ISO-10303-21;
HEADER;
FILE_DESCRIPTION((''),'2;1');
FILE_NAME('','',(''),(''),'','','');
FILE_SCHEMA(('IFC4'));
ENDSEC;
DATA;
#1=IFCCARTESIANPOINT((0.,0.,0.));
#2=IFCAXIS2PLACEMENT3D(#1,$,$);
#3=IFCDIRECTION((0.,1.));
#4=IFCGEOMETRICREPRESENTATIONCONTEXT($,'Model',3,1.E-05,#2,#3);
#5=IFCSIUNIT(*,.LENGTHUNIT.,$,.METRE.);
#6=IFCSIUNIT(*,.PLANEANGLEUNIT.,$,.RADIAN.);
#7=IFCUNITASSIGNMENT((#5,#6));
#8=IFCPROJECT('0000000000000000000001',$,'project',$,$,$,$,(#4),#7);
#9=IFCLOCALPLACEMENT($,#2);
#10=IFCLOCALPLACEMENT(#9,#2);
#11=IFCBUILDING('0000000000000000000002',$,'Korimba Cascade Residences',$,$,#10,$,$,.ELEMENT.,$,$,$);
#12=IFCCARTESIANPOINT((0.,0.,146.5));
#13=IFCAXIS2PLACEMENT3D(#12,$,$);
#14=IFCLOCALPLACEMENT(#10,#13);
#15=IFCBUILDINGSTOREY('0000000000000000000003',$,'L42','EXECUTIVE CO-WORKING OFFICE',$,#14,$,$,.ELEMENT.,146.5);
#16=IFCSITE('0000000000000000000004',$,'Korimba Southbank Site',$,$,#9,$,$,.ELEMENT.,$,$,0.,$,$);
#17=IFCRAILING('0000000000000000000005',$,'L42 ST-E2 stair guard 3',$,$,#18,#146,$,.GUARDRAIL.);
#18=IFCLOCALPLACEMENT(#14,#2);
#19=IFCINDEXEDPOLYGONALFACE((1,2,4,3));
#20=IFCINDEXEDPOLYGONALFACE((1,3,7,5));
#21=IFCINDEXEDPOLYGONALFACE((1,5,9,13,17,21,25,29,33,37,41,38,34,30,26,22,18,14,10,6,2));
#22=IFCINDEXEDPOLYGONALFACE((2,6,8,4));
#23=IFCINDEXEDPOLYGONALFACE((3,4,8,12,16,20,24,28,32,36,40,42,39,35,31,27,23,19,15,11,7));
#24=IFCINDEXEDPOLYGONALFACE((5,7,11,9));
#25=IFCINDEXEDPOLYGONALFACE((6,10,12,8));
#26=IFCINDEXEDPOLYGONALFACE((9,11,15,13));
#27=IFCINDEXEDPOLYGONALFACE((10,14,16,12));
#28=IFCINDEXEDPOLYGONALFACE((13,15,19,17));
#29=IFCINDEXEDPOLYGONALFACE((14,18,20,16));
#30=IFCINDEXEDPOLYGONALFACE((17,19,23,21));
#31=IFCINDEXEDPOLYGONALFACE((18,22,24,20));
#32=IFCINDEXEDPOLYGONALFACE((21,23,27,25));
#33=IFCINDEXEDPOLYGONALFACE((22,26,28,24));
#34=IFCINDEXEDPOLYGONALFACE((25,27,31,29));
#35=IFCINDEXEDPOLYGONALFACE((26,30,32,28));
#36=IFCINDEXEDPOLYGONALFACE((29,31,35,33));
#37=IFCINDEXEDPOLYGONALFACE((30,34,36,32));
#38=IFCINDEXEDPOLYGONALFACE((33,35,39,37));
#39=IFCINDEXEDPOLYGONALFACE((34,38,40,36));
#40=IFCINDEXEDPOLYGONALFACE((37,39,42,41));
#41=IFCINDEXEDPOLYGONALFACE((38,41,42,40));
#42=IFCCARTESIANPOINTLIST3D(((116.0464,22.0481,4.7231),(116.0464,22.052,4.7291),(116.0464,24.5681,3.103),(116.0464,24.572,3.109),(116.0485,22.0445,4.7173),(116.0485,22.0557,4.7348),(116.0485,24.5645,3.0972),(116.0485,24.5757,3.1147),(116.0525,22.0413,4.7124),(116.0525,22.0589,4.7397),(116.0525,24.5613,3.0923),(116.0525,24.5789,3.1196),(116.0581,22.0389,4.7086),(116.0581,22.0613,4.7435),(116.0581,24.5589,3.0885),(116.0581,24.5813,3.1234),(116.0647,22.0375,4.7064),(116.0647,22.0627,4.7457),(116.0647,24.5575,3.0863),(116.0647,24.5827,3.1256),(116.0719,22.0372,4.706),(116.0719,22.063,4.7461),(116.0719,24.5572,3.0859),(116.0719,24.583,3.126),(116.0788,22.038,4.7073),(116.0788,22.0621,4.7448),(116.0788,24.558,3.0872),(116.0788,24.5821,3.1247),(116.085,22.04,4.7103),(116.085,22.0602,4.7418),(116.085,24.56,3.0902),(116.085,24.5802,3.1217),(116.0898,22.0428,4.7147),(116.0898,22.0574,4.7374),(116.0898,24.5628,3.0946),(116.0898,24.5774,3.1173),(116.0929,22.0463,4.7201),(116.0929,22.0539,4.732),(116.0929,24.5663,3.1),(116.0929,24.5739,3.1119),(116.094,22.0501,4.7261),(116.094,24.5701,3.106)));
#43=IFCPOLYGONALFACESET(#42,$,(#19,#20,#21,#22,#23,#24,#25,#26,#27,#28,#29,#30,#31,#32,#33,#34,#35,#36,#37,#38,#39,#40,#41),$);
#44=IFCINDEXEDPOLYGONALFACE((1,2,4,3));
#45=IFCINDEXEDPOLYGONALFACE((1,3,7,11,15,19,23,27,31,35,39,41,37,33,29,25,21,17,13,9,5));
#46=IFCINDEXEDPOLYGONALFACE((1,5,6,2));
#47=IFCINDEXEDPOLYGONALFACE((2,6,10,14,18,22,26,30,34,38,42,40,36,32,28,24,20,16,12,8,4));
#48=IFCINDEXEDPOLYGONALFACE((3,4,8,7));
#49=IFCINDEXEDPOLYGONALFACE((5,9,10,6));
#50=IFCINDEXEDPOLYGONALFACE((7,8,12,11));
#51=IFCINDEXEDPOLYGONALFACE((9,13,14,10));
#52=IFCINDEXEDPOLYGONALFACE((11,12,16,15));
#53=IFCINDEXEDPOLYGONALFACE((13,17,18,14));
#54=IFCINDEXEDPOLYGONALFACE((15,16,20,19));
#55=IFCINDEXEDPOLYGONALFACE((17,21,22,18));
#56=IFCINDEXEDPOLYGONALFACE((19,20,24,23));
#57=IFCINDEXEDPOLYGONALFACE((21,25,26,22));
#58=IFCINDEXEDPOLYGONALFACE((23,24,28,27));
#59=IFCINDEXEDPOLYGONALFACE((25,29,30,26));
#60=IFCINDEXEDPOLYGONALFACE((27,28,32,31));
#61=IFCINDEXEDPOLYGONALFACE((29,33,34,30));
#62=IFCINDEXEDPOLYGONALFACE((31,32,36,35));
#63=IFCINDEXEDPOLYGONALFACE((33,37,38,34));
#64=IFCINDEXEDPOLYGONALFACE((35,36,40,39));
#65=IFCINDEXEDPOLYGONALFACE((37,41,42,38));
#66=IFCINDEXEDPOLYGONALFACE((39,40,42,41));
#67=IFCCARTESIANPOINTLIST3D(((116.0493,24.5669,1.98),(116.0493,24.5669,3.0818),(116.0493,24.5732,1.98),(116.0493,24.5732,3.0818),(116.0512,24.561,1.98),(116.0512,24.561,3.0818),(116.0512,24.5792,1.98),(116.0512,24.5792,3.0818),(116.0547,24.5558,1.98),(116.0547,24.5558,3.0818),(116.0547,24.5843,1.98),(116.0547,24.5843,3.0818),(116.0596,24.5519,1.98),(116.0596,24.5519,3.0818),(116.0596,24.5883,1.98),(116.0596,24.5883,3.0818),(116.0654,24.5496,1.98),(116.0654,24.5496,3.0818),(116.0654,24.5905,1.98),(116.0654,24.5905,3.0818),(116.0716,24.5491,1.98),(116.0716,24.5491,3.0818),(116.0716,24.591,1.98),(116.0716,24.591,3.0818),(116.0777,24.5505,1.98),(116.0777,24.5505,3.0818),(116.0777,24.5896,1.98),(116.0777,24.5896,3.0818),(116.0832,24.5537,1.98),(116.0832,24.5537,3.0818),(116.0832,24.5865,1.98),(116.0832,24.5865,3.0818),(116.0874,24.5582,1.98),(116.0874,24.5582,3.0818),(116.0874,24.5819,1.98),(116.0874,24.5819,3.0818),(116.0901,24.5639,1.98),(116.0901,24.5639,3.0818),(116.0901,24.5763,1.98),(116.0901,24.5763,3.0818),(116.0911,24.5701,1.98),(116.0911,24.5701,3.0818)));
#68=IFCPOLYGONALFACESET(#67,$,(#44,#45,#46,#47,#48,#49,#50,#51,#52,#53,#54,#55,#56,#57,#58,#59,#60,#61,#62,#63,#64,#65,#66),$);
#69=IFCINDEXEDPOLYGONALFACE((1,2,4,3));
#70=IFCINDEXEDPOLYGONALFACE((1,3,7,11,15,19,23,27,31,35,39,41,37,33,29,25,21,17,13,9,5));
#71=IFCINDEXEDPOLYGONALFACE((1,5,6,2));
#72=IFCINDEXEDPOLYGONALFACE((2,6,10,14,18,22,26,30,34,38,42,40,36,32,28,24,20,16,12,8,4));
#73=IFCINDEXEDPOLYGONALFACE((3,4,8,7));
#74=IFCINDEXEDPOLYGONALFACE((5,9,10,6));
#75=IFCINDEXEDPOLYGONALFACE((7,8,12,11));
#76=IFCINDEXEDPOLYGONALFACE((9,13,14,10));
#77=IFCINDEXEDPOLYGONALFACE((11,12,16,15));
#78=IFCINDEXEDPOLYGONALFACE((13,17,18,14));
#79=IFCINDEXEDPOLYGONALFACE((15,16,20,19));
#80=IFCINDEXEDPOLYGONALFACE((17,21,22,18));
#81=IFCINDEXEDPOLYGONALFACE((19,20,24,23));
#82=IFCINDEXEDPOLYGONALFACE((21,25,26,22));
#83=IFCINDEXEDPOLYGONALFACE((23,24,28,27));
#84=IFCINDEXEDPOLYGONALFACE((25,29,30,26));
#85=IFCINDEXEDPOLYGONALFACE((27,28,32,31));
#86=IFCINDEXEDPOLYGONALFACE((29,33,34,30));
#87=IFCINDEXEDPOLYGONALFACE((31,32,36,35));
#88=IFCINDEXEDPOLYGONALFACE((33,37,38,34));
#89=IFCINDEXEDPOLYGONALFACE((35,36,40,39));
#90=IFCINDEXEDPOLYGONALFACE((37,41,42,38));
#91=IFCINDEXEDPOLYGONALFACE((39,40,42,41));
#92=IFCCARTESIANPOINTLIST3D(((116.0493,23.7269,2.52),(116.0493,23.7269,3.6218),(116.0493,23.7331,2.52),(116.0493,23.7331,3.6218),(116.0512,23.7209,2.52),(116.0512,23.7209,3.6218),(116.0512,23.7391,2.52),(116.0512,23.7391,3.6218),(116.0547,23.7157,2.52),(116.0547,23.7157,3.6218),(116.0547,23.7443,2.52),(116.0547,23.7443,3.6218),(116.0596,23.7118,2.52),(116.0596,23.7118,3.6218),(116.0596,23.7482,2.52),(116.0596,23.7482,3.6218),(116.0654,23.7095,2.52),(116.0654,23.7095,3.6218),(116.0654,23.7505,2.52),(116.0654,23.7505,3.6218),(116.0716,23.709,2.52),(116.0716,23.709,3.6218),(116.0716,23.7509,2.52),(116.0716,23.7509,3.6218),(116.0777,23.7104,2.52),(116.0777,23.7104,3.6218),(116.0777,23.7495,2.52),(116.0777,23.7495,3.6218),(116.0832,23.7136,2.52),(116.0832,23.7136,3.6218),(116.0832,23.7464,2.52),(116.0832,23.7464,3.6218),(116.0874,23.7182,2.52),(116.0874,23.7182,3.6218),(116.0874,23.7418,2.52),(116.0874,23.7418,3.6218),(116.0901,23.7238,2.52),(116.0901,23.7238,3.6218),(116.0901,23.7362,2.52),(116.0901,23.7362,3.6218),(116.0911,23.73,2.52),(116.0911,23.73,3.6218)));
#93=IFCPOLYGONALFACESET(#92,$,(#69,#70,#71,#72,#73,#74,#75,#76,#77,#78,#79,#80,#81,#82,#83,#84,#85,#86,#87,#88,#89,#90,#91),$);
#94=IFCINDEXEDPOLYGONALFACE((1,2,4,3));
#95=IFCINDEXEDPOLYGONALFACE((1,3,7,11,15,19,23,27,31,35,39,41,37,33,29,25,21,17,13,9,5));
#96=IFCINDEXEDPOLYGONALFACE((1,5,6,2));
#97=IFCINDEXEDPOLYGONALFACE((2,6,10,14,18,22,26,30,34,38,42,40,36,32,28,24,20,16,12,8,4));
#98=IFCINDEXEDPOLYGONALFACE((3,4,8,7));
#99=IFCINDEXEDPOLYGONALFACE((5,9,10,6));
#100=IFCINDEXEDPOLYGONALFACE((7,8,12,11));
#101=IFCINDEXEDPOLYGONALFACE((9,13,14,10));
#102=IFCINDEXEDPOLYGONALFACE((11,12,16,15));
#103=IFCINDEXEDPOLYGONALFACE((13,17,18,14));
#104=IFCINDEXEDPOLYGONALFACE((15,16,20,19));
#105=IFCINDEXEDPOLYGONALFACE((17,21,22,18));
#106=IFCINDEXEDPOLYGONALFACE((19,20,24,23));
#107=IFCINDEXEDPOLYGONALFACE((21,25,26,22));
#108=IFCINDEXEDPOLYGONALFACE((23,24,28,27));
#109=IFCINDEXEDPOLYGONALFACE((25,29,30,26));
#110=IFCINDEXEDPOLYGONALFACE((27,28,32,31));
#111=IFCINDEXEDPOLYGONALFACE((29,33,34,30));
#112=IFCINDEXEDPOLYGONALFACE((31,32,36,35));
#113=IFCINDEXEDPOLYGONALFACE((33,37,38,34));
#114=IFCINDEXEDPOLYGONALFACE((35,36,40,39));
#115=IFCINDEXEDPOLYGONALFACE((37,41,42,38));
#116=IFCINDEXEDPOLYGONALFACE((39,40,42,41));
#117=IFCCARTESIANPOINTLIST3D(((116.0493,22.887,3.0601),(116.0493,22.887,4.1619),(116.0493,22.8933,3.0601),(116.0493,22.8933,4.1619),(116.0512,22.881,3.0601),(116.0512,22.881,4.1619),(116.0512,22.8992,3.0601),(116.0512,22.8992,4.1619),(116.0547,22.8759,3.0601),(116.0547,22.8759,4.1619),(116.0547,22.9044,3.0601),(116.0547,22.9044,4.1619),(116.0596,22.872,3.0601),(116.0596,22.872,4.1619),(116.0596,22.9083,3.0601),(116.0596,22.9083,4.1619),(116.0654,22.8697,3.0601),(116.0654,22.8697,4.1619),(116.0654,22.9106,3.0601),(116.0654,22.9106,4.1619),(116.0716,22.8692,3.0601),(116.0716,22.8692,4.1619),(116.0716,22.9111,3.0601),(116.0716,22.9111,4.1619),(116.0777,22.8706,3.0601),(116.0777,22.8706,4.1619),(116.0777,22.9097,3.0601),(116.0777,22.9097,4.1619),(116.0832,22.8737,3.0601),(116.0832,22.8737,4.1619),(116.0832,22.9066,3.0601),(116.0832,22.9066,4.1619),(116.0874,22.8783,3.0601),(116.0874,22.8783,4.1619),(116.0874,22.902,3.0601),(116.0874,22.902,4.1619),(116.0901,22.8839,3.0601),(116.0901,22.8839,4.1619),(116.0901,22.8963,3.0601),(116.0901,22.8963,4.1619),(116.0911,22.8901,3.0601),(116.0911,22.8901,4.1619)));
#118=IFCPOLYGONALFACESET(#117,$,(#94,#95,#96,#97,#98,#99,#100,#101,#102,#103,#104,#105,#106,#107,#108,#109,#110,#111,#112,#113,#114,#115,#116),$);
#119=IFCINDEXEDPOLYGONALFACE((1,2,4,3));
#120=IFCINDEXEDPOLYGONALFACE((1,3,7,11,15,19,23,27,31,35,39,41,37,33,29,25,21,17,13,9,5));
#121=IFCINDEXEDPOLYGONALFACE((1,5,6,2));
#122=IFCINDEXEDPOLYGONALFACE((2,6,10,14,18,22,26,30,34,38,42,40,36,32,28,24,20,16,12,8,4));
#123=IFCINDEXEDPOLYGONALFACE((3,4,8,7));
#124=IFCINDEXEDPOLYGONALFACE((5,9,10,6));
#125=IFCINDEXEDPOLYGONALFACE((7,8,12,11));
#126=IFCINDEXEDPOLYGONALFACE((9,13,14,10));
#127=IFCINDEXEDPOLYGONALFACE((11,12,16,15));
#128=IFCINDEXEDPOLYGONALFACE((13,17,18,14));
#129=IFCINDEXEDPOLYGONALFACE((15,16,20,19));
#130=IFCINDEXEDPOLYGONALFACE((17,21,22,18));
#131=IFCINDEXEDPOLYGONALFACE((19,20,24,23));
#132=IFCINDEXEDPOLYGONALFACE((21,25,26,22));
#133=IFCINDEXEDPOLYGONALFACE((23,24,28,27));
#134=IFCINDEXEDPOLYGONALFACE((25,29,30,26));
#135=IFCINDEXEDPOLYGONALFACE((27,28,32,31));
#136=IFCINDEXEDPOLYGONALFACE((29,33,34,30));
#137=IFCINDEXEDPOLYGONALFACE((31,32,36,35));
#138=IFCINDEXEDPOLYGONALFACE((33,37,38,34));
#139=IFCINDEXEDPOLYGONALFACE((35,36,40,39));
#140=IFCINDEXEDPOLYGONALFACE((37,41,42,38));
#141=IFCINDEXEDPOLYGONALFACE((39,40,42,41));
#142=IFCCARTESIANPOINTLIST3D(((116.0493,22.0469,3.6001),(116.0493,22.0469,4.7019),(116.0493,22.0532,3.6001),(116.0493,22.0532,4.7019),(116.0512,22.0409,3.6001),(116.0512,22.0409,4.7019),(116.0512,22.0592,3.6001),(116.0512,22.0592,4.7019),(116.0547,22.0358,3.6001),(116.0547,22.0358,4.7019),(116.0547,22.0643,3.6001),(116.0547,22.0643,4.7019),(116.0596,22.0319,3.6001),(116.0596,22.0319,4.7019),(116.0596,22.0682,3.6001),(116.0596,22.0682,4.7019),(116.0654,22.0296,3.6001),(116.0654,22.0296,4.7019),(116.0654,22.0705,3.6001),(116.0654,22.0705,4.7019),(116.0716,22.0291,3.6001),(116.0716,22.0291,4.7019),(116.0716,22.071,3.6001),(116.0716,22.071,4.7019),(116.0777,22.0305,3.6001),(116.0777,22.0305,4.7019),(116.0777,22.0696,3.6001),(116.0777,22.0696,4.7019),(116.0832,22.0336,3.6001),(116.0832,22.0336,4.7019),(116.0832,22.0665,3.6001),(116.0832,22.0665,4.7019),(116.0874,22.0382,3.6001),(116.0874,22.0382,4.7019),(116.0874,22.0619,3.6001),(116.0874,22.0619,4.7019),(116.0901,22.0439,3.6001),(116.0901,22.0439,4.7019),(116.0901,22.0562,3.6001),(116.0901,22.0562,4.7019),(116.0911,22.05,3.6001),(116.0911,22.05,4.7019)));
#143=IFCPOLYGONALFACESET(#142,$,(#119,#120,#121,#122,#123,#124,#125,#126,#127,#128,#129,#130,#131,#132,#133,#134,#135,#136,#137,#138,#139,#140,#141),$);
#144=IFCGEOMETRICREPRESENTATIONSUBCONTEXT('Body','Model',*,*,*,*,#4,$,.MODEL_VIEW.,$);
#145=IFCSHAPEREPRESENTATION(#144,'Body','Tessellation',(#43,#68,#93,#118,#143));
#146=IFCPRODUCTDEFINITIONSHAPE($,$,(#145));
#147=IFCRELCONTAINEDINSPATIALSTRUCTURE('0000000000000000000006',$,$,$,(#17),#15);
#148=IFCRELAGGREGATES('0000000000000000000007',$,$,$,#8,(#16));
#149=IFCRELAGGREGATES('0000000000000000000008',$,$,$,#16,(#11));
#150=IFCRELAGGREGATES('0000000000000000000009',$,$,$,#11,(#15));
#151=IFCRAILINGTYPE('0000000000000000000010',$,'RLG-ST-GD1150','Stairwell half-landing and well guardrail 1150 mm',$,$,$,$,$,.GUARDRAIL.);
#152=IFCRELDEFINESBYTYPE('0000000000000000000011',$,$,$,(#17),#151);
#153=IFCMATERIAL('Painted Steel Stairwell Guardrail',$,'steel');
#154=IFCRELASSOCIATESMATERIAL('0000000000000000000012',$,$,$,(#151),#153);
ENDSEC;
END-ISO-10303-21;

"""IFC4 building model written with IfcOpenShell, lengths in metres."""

from ifc_helpers import new_model, si_unit, direction, frame, origin, origin_2d, place, context, subcontext, project, spatial, circle, extrude, material, type_object, element, save


model = new_model("IFC4")

# Units and contexts
model_context = context("Model", 3, precision=1e-05, world=origin(), true_north=direction((0.0, 1.0)))
body_context = subcontext(model_context, "Body", "Model", "MODEL_VIEW")
ifc_project = project(units=[si_unit("LENGTHUNIT", "METRE"), si_unit("PLANEANGLEUNIT", "RADIAN")], contexts=[model_context])

# Site, building, storey
site_placement = place(None, origin())
site = spatial("IfcSite", under=ifc_project, at=site_placement, Name="Korimba Southbank Site", CompositionType="ELEMENT", RefElevation=0.0)
building_placement = place(site_placement, origin())
building = spatial("IfcBuilding", under=site, at=building_placement, Name="Korimba Cascade Residences", CompositionType="ELEMENT")
storey_placement = place(building_placement, frame((0.0, 0.0, 146.5)))
storey = spatial("IfcBuildingStorey", under=building, at=storey_placement, Name="L42", Description="EXECUTIVE CO-WORKING OFFICE", CompositionType="ELEMENT", Elevation=146.5)

# Railing
ifc_material_1 = material(Name="Painted Steel Stairwell Guardrail", Category="steel")
railing_type_1 = type_object("IfcRailingType", Name="RLG-ST-GD1150", Description="Stairwell half-landing and well guardrail 1150 mm", PredefinedType="GUARDRAIL", material=ifc_material_1)
railing_1_placement = place(storey_placement, frame((116.0701, 24.5701, 1.98)))
element("IfcRailing", 1, at=railing_1_placement, inside=storey, type_object=railing_type_1, Name="L42 ST-E2 stair guard 3", PredefinedType="GUARDRAIL", context=body_context, shape_type="SweptSolid", body=[
    extrude(circle(Radius=0.0239, at=origin_2d()), frame((0.0, 0.0, 1.126), z_axis=(0.0, -0.841163, 0.540782), x_axis=(1.0, 0.0, 0.0)), (0.0, 0.0, 1.0), 2.9958),
    extrude(circle(Radius=0.021, at=origin_2d()), origin(), (0.0, 0.0, 1.0), 1.1018),
    extrude(circle(Radius=0.021, at=origin_2d()), frame((0.0, -0.8401, 0.54)), (0.0, 0.0, 1.0), 1.1018),
    extrude(circle(Radius=0.021, at=origin_2d()), frame((0.0, -1.6799, 1.0801)), (0.0, 0.0, 1.0), 1.1018),
    extrude(circle(Radius=0.021, at=origin_2d()), frame((0.0, -2.52, 1.6201)), (0.0, 0.0, 1.0), 1.1018),
])

save(model, "model.ifc")
